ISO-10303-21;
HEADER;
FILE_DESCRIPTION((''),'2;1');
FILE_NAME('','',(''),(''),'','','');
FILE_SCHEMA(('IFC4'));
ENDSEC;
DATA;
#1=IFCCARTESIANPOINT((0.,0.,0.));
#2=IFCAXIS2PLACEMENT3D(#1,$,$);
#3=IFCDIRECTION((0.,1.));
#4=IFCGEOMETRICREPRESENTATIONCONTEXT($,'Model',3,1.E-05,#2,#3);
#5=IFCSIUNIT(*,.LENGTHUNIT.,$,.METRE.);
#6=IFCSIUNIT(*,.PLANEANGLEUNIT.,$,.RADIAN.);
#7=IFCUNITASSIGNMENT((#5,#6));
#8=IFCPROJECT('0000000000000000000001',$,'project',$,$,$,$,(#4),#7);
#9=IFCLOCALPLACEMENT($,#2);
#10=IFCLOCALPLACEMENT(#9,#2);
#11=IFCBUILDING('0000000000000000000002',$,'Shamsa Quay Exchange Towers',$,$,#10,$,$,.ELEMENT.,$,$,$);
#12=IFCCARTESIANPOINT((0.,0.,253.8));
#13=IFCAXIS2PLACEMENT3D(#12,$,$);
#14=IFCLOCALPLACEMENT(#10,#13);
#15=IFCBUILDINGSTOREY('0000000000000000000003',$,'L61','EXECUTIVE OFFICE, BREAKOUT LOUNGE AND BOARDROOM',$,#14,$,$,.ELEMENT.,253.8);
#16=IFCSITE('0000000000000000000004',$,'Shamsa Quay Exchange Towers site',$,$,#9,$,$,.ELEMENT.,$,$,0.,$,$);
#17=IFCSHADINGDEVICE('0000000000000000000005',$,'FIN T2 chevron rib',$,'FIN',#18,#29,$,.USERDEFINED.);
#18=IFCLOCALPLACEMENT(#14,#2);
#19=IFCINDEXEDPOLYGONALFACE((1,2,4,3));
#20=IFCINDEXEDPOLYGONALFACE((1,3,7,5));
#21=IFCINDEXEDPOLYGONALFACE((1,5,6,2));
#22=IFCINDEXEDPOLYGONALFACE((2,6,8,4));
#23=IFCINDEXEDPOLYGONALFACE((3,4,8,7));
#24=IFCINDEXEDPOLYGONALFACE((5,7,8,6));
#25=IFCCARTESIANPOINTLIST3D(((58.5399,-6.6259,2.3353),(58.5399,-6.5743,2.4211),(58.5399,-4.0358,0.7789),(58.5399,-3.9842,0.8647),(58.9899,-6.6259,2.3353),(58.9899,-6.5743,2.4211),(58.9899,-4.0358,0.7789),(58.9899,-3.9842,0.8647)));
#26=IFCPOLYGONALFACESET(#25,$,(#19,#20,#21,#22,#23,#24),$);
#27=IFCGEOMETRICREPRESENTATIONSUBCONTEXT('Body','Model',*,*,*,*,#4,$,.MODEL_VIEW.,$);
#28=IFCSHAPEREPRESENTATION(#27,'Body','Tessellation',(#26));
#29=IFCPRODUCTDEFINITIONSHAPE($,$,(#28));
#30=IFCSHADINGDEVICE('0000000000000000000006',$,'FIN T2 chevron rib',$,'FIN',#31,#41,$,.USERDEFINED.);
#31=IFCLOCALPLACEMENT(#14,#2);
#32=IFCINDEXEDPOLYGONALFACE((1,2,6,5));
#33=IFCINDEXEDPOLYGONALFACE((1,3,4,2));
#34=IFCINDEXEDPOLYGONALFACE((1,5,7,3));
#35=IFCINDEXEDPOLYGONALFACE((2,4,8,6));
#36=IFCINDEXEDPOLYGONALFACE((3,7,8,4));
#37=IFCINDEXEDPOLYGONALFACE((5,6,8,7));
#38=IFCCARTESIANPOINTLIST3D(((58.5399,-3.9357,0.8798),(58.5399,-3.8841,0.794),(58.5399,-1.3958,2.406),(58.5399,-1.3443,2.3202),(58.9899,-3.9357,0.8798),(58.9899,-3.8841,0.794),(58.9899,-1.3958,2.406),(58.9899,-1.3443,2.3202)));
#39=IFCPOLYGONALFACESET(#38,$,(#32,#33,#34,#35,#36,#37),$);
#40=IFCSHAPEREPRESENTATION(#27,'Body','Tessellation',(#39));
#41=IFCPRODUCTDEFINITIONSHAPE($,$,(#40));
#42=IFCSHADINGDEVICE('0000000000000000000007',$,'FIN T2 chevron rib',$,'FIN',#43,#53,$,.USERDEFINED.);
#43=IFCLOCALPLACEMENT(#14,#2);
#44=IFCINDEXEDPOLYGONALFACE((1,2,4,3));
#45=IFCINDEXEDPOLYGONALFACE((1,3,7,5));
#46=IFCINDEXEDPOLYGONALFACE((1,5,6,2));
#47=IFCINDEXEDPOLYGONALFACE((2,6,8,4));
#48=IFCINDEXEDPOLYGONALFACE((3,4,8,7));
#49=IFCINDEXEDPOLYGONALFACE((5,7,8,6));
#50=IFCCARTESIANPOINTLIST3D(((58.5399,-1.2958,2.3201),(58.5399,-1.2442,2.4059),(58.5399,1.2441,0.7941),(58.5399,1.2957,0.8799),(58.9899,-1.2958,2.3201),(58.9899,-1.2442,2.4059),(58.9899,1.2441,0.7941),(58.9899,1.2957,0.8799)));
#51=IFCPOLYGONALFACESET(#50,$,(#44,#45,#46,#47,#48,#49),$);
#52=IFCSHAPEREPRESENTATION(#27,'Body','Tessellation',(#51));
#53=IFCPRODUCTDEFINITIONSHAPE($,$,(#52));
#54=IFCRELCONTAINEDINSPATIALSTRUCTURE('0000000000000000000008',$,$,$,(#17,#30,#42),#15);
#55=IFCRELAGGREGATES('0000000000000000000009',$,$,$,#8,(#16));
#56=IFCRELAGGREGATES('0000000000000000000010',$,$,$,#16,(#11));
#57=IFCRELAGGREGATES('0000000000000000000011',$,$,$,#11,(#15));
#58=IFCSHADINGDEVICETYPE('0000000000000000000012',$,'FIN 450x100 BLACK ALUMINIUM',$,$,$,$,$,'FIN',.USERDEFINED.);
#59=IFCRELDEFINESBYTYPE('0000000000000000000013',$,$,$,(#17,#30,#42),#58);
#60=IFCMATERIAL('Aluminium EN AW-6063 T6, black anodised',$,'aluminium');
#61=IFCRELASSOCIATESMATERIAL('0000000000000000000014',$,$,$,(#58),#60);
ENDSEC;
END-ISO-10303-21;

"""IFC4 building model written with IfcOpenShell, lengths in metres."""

from ifc_helpers import new_model, si_unit, direction, frame, origin, origin_2d, place, context, subcontext, project, spatial, rectangle, extrude, material, material_profile, profile_set, type_object, element, save


model = new_model("IFC4")

# Units and contexts
model_context = context("Model", 3, precision=1e-05, world=origin(), true_north=direction((0.0, 1.0)))
body_context = subcontext(model_context, "Body", "Model", "MODEL_VIEW")
ifc_project = project(units=[si_unit("LENGTHUNIT", "METRE"), si_unit("PLANEANGLEUNIT", "RADIAN")], contexts=[model_context])

# Site, building, storey
site_placement = place(None, origin())
site = spatial("IfcSite", under=ifc_project, at=site_placement, Name="Shamsa Quay Exchange Towers site", CompositionType="ELEMENT", RefElevation=0.0)
building_placement = place(site_placement, origin())
building = spatial("IfcBuilding", under=site, at=building_placement, Name="Shamsa Quay Exchange Towers", CompositionType="ELEMENT")
storey_placement = place(building_placement, frame((0.0, 0.0, 253.8)))
storey = spatial("IfcBuildingStorey", under=building, at=storey_placement, Name="L61", Description="EXECUTIVE OFFICE, BREAKOUT LOUNGE AND BOARDROOM", CompositionType="ELEMENT", Elevation=253.8)

# Shared definitions
ifc_material_1 = material(Name="Aluminium EN AW-6063 T6, black anodised", Category="aluminium")

# Shading devices
ifc_material_profile_1 = material_profile(ifc_material_1, rectangle(XDim=0.45, YDim=0.1001, at=origin_2d()), Name="FIN450x100")
ifc_profile_set_1 = profile_set([ifc_material_profile_1], Name="Aluminium EN AW-6063 T6, black anodised")
shading_device_type = type_object("IfcShadingDeviceType", Name="FIN 450x100 BLACK ALUMINIUM", ElementType="FIN", PredefinedType="USERDEFINED", material=ifc_profile_set_1)
shading_device_1_placement = place(storey_placement, frame((58.7649, -6.6001, 2.3782), z_axis=(0.0, 0.857151, -0.515066), x_axis=(-1.0, 0.0, 0.0)))
element("IfcShadingDevice", 1, at=shading_device_1_placement, inside=storey, type_object=shading_device_type, Name="FIN T2 chevron rib", ObjectType="FIN", PredefinedType="USERDEFINED", context=body_context, shape_type="SweptSolid", body=[
    extrude(rectangle(XDim=0.45, YDim=0.1001, at=origin_2d()), origin(), (0.0, 0.0, 1.0), 3.0217),
])
for number, where, z_axis, x_axis, name in (
    (2, (58.7649, -3.9099, 0.8369), (0.0, 0.857158, 0.515053), (-1.0, 0.0, 0.0), "FIN T2 chevron rib"),
    (3, (58.7649, -1.27, 2.363), (0.0, 0.85718, -0.515017), (-1.0, 0.0, 0.0), "FIN T2 chevron rib"),
):
    element("IfcShadingDevice", number, at=place(storey_placement, frame(where, z_axis=z_axis, x_axis=x_axis)), inside=storey, type_object=shading_device_type, Name=name, ObjectType="FIN", PredefinedType="USERDEFINED", context=body_context, shape_type="SweptSolid", body=[
        extrude(rectangle(XDim=0.45, YDim=0.1001, at=origin_2d()), origin(), (0.0, 0.0, 1.0), 2.9631),
    ])

save(model, "model.ifc")
